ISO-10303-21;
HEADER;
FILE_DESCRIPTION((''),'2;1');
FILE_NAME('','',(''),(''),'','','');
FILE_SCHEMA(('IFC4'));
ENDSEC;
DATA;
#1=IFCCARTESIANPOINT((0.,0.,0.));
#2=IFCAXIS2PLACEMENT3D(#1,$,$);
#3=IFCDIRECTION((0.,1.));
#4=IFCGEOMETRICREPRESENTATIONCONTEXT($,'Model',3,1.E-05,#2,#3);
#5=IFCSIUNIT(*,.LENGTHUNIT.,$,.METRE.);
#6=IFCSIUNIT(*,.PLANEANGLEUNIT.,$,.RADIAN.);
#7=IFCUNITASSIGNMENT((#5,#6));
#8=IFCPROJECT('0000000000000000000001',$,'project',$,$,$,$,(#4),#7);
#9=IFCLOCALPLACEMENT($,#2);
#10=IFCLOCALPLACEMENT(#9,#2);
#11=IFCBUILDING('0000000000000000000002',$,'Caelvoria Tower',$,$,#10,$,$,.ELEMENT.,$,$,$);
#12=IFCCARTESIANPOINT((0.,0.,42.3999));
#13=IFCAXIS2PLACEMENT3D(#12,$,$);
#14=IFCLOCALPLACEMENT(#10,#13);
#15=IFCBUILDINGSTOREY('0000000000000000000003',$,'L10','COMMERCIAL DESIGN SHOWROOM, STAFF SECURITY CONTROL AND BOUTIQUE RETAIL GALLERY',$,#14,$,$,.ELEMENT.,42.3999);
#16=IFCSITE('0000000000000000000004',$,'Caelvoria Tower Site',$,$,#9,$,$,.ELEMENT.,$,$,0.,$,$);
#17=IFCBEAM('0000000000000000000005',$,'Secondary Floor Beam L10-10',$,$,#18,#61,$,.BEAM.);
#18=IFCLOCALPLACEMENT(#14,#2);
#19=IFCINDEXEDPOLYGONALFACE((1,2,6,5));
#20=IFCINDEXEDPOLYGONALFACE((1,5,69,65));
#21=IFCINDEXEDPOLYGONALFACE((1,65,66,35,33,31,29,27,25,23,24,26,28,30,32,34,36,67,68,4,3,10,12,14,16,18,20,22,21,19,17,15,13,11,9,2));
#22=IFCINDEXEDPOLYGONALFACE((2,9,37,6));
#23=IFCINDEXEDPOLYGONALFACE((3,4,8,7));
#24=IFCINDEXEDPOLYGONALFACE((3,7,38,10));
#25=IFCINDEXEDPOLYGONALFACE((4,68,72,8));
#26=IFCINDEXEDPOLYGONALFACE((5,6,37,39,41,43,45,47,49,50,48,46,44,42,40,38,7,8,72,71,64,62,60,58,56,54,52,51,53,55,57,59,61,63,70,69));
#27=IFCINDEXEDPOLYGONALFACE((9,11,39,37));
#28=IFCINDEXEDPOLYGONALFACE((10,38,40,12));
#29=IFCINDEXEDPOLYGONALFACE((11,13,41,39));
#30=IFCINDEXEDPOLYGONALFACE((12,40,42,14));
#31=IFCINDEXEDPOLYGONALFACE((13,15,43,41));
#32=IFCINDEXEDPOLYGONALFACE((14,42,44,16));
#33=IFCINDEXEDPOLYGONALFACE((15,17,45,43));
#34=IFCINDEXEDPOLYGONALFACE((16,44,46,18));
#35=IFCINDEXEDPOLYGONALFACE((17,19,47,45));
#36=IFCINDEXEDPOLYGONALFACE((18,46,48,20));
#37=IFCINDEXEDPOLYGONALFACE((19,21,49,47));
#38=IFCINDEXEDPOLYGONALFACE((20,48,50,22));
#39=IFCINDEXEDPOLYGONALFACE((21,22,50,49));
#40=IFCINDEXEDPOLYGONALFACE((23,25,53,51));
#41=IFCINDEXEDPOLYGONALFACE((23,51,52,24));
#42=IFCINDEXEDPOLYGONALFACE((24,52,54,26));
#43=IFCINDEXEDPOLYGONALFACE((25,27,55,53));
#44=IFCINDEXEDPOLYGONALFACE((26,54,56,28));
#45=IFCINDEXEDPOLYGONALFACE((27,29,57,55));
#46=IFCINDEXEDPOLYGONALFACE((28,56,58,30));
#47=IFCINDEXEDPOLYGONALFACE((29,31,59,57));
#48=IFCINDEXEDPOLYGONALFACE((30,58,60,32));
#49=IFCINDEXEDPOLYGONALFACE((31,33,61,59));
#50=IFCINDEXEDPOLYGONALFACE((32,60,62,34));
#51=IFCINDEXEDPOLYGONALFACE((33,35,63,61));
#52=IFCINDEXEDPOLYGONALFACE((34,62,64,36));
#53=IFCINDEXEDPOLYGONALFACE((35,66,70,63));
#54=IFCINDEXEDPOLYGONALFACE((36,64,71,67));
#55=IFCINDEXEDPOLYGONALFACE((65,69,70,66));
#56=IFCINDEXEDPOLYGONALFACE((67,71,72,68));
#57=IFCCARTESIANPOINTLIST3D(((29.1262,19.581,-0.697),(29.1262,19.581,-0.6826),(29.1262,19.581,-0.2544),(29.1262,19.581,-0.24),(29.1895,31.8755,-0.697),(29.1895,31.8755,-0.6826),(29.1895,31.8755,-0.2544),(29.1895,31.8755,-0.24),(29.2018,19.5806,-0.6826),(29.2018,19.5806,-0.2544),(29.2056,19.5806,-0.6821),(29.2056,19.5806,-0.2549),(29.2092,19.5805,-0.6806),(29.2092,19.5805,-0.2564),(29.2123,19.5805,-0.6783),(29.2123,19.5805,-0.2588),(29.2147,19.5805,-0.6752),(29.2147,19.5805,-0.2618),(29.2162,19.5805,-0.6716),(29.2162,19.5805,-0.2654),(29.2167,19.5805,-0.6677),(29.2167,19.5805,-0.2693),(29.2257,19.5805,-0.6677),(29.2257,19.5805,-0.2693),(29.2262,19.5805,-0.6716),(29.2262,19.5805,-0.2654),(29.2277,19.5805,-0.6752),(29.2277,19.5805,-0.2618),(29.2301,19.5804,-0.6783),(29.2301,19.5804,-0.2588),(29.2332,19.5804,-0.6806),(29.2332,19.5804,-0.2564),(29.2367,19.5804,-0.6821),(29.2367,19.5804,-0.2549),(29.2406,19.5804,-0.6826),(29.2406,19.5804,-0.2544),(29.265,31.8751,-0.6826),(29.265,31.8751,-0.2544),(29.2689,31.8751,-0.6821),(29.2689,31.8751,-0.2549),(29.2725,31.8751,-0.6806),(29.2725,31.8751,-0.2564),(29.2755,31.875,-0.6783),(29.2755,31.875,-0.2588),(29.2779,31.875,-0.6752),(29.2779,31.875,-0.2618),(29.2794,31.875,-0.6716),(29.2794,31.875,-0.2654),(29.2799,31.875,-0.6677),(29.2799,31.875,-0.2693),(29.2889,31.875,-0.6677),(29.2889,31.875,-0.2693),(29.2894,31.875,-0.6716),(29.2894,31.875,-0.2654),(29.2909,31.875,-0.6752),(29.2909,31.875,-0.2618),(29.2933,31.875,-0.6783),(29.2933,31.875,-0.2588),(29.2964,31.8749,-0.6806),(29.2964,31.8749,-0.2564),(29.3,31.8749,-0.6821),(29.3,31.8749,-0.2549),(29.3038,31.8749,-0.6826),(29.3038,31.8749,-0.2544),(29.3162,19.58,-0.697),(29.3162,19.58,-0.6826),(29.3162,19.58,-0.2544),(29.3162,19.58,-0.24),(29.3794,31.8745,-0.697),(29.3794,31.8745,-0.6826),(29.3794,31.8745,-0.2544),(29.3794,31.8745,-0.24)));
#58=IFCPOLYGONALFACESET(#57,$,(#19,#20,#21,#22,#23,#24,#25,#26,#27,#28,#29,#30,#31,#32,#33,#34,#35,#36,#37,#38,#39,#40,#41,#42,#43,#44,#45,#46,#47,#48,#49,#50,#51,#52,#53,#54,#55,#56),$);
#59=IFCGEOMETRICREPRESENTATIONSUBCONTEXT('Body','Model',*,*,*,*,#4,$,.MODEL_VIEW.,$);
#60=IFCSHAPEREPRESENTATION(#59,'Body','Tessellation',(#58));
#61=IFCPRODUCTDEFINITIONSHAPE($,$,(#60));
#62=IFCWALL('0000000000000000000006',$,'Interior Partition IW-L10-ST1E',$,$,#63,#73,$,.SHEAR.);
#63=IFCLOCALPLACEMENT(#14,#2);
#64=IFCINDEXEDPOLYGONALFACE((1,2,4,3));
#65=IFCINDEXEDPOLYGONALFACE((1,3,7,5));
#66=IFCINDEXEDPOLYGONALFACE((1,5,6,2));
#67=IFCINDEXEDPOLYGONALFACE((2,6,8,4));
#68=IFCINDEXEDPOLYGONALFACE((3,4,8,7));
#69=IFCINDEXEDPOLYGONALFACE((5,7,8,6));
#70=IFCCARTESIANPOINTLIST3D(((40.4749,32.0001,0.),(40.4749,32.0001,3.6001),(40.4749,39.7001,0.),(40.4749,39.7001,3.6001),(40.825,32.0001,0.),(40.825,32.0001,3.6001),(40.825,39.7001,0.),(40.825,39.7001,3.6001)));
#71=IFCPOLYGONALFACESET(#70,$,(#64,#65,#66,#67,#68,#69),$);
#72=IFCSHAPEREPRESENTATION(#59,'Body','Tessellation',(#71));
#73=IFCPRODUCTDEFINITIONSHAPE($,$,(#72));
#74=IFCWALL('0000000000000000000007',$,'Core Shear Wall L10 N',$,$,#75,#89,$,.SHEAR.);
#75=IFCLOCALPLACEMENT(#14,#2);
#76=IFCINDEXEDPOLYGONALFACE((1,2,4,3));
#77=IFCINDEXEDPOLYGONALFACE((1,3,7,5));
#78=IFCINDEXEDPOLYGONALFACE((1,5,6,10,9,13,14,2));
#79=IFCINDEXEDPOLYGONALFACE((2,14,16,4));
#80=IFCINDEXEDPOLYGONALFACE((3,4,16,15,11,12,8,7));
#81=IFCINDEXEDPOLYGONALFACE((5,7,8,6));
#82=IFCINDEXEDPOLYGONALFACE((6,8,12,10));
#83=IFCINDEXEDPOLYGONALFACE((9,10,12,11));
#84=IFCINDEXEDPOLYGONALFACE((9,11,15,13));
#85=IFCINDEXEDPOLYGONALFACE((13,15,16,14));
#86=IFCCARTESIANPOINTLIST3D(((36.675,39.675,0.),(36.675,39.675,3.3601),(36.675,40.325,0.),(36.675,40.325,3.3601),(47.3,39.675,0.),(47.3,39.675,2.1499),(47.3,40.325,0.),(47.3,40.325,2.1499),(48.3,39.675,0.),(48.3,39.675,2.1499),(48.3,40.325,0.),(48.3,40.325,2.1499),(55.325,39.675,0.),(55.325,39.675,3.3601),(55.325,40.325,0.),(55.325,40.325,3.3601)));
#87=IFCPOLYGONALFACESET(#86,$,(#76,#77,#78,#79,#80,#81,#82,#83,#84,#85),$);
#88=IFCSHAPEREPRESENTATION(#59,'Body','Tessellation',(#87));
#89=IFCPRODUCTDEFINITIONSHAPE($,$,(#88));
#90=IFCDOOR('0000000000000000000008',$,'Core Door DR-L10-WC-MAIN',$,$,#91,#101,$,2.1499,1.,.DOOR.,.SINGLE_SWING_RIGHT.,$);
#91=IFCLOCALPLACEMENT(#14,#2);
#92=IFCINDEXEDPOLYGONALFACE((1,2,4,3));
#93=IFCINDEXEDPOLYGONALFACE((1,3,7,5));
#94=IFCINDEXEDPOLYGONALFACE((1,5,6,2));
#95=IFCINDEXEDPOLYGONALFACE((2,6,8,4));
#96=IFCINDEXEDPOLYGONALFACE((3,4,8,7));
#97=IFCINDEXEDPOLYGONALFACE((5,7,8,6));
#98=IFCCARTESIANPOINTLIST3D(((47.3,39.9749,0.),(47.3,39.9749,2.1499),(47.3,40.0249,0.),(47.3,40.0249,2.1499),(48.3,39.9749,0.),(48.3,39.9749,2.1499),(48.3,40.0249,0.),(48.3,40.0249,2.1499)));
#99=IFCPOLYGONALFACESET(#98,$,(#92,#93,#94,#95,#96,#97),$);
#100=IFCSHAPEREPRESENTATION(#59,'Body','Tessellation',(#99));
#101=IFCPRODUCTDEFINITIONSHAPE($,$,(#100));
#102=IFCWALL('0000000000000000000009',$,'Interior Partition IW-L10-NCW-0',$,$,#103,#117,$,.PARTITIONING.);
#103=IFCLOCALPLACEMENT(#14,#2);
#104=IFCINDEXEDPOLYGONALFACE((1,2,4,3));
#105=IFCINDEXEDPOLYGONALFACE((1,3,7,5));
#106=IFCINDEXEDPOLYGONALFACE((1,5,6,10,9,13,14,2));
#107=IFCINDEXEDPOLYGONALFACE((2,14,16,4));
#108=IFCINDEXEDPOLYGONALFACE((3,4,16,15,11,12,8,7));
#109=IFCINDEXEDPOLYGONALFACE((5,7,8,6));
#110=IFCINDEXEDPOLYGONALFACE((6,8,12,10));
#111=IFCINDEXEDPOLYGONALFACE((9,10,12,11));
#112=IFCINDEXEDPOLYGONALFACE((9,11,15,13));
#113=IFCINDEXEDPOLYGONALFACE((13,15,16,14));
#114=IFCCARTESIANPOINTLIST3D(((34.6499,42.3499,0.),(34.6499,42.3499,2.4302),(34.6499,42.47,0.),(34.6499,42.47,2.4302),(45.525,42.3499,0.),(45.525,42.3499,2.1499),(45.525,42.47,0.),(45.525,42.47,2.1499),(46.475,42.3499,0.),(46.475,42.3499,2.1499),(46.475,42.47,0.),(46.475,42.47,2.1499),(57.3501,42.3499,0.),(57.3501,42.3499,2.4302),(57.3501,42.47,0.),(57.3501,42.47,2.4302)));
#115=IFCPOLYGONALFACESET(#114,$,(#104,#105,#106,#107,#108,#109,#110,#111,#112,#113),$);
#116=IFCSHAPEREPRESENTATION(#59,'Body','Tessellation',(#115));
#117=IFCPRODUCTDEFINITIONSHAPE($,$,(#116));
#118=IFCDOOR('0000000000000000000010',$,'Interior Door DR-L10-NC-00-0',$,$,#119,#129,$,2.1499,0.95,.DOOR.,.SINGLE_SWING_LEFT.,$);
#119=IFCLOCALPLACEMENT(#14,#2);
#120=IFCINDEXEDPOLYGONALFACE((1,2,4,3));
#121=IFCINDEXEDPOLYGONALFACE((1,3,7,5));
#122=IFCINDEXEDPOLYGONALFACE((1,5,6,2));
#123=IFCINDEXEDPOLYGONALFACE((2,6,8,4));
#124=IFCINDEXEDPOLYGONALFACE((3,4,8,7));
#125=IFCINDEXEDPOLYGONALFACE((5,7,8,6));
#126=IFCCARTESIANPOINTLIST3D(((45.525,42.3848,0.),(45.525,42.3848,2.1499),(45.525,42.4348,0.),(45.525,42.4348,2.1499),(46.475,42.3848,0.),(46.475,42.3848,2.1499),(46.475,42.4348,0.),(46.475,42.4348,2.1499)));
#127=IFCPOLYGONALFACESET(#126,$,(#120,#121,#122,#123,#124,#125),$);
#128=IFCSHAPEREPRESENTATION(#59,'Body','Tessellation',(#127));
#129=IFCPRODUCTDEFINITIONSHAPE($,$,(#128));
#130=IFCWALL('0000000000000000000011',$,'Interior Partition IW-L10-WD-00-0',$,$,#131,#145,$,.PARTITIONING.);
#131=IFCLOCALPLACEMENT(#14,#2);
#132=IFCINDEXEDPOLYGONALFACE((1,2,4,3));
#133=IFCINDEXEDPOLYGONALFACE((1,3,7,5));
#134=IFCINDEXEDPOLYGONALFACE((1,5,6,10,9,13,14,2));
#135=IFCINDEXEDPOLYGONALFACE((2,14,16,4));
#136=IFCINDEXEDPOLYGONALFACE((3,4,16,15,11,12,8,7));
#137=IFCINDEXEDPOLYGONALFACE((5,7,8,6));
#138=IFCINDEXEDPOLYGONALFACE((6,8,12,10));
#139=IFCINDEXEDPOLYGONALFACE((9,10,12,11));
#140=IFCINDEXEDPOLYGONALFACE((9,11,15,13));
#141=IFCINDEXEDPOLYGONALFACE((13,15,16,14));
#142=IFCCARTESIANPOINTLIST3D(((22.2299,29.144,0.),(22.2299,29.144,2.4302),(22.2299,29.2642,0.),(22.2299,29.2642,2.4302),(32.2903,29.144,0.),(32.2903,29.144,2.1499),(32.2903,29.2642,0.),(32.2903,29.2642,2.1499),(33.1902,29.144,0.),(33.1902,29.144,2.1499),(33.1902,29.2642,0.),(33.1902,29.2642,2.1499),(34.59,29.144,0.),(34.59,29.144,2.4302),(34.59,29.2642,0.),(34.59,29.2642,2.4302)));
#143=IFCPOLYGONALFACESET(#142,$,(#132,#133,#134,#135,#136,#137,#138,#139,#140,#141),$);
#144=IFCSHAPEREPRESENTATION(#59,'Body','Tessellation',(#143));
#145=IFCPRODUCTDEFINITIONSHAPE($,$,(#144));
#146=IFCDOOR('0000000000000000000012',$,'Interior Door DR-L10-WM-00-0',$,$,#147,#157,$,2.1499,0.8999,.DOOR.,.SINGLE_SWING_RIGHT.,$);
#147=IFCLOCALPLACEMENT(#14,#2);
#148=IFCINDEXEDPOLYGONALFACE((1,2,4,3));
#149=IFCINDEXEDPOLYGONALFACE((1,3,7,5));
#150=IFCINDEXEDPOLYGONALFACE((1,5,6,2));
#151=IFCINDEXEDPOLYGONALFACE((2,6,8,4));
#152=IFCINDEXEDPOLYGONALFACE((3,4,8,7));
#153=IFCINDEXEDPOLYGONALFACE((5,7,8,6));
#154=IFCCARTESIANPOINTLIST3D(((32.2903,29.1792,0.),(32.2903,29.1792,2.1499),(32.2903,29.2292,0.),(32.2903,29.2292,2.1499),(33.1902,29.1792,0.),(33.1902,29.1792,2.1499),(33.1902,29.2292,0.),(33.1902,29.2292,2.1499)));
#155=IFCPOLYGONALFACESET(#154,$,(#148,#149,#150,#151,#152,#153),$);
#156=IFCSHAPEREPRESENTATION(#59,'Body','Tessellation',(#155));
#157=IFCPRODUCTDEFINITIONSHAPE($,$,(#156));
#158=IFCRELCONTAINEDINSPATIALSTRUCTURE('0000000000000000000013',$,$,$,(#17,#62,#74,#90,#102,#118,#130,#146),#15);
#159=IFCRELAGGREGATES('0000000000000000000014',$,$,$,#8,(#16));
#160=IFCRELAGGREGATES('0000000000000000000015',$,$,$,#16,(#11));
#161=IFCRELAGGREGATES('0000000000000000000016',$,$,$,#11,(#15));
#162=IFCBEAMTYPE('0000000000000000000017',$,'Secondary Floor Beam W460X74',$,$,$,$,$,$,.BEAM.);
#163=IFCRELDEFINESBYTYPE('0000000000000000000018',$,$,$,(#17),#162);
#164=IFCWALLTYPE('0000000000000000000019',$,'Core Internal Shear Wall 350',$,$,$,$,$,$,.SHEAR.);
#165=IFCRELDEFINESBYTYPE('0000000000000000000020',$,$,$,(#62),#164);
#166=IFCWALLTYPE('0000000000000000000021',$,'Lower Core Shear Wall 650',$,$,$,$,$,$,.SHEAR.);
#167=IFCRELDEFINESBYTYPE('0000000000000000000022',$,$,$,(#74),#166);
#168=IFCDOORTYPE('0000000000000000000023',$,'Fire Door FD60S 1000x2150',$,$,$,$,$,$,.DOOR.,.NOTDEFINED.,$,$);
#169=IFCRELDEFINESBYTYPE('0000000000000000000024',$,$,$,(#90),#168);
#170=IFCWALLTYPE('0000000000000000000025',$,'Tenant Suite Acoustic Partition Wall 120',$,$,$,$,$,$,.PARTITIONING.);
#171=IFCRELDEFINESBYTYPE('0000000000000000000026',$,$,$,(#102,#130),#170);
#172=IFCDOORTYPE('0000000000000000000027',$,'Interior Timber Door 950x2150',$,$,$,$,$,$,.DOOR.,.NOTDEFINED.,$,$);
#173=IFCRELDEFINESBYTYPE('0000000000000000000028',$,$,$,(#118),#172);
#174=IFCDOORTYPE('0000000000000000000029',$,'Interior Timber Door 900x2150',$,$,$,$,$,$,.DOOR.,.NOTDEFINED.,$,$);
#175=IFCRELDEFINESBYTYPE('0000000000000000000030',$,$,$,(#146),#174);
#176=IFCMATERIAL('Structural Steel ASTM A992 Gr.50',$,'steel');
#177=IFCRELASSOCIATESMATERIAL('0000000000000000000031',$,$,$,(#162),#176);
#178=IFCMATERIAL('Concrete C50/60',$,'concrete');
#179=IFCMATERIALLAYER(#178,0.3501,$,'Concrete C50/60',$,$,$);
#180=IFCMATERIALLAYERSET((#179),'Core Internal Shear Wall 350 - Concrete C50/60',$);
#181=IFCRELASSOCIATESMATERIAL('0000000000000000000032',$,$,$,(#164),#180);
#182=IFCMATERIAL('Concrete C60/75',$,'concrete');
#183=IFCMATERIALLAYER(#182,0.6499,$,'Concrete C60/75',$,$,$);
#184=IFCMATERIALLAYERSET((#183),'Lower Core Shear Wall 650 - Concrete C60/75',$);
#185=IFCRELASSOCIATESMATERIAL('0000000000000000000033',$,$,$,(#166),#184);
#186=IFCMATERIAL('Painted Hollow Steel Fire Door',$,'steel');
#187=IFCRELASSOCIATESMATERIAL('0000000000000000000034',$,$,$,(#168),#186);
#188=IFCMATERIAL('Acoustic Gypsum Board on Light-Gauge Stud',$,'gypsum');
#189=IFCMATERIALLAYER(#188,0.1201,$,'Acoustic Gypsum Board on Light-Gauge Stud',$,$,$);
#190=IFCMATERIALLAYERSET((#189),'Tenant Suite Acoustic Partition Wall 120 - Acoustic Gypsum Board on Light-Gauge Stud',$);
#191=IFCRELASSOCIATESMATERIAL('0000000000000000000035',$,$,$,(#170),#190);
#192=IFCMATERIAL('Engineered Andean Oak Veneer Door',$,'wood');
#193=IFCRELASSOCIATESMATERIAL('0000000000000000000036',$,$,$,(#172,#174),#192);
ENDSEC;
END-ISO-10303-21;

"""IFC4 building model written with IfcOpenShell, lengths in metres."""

from ifc_helpers import new_model, si_unit, direction, frame, frame_2d, origin, origin_2d, place, context, subcontext, project, spatial, rectangle, i_section, extrude, material, layer, layer_set, material_profile, profile_set, type_object, element, fill, save


model = new_model("IFC4")

# Units and contexts
model_context = context("Model", 3, precision=1e-05, world=origin(), true_north=direction((0.0, 1.0)))
body_context = subcontext(model_context, "Body", "Model", "MODEL_VIEW")
ifc_project = project(units=[si_unit("LENGTHUNIT", "METRE"), si_unit("PLANEANGLEUNIT", "RADIAN")], contexts=[model_context])

# Site, building, storey
site_placement = place(None, origin())
site = spatial("IfcSite", under=ifc_project, at=site_placement, Name="Caelvoria Tower Site", CompositionType="ELEMENT", RefElevation=0.0)
building_placement = place(site_placement, origin())
building = spatial("IfcBuilding", under=site, at=building_placement, Name="Caelvoria Tower", CompositionType="ELEMENT")
storey_placement = place(building_placement, frame((0.0, 0.0, 42.3999)))
storey = spatial("IfcBuildingStorey", under=building, at=storey_placement, Name="L10", Description="COMMERCIAL DESIGN SHOWROOM, STAFF SECURITY CONTROL AND BOUTIQUE RETAIL GALLERY", CompositionType="ELEMENT", Elevation=42.3999)

# Beam
ifc_material_1 = material(Name="Structural Steel ASTM A992 Gr.50", Category="steel")
ifc_material_profile_1 = material_profile(ifc_material_1, i_section(OverallWidth=0.1899, OverallDepth=0.457, WebThickness=0.009, FlangeThickness=0.0144, FilletRadius=0.0149, at=origin_2d()), Name="Structural Steel ASTM A992 Gr.50")
ifc_profile_set_1 = profile_set([ifc_material_profile_1], Name="W460X74 - Structural Steel ASTM A992 Gr.50")
beam_type_1 = type_object("IfcBeamType", Name="Secondary Floor Beam W460X74", PredefinedType="BEAM", material=ifc_profile_set_1)
for number, where, z_axis, x_axis, name in (
    (1, (29.2844, 31.875, -0.4685), (-0.005143, -0.999987, 0.0), (0.999987, -0.005143, 0.0), "Secondary Floor Beam L10-10"),
):
    element("IfcBeam", number, at=place(storey_placement, frame(where, z_axis=z_axis, x_axis=x_axis)), inside=storey, type_object=beam_type_1, Name=name, PredefinedType="BEAM", context=body_context, shape_type="SweptSolid", body=[
        extrude(i_section(OverallWidth=0.1899, OverallDepth=0.457, WebThickness=0.009, FlangeThickness=0.0144, FilletRadius=0.0149, at=origin_2d()), origin(), (0.0, 0.0, 1.0), 12.2947),
    ])

# Shared definitions
ifc_material_2 = material(Name="Concrete C50/60", Category="concrete")
ifc_layer_1 = layer(ifc_material_2, 0.3501, Name="Concrete C50/60")
ifc_layer_set_1 = layer_set([ifc_layer_1], Name="Core Internal Shear Wall 350 - Concrete C50/60")
wall_type_1 = type_object("IfcWallType", Name="Core Internal Shear Wall 350", PredefinedType="SHEAR", material=ifc_layer_set_1)
ifc_material_3 = material(Name="Painted Hollow Steel Fire Door", Category="steel")

# Wall
wall_1_placement = place(storey_placement, frame((40.6499, 32.0, 0.0), z_axis=(0.0, 0.0, 1.0), x_axis=(0.0, 1.0, 0.0)))
element("IfcWall", 2, at=wall_1_placement, inside=storey, type_object=wall_type_1, Name="Interior Partition IW-L10-ST1E", PredefinedType="SHEAR", context=body_context, shape_type="SweptSolid", body=[
    extrude(rectangle(XDim=7.7, YDim=0.3501, at=frame_2d((3.8501, 0.0))), origin(), (0.0, 0.0, 1.0), 3.6001),
])

# Walls, openings, doors
ifc_material_4 = material(Name="Concrete C60/75", Category="concrete")
ifc_layer_2 = layer(ifc_material_4, 0.6499, Name="Concrete C60/75")
ifc_layer_set_2 = layer_set([ifc_layer_2], Name="Lower Core Shear Wall 650 - Concrete C60/75")
wall_type_2 = type_object("IfcWallType", Name="Lower Core Shear Wall 650", PredefinedType="SHEAR", material=ifc_layer_set_2)
wall_2_placement = place(storey_placement, frame((36.675, 40.0, 0.0), z_axis=(0.0, 0.0, 1.0), x_axis=(1.0, 0.0, 0.0)))
wall_2 = element("IfcWall", 3, at=wall_2_placement, inside=storey, type_object=wall_type_2, Name="Core Shear Wall L10 N", PredefinedType="SHEAR", context=body_context, shape_type="SweptSolid", body=[
    extrude(rectangle(XDim=18.6499, YDim=0.6499, at=frame_2d((9.325, 0.0))), origin(), (0.0, 0.0, 1.0), 3.3601),
])
opening_1_placement = place(wall_2_placement, frame((10.625, 0.0, 0.0)))
opening_1 = element("IfcOpeningElement", 4, at=opening_1_placement, cuts=wall_2, PredefinedType="OPENING", context=body_context, shape_type="SweptSolid", body=[
    extrude(rectangle(XDim=1.0, YDim=2.1499, at=frame_2d((0.5, 1.075))), frame((0.0, 0.335, 0.0), z_axis=(0.0, -1.0, 0.0), x_axis=(1.0, 0.0, 0.0)), (0.0, 0.0, 1.0), 0.6699),
])
door_type_1 = type_object("IfcDoorType", Name="Fire Door FD60S 1000x2150", OperationType="NOTDEFINED", PredefinedType="DOOR", material=ifc_material_3)
door_1_placement = place(opening_1_placement, origin())
door_1 = element("IfcDoor", 5, at=door_1_placement, inside=storey, type_object=door_type_1, Name="Core Door DR-L10-WC-MAIN", OperationType="SINGLE_SWING_RIGHT", OverallHeight=2.1499, OverallWidth=1.0, PredefinedType="DOOR", context=body_context, shape_type="SweptSolid", body=[
    extrude(rectangle(XDim=1.0, YDim=2.1499, at=frame_2d((0.5, 1.075))), frame((0.0, 0.0249, 0.0), z_axis=(0.0, -1.0, 0.0), x_axis=(1.0, 0.0, 0.0)), (0.0, 0.0, 1.0), 0.05),
])
fill(opening_1, door_1)
ifc_material_5 = material(Name="Acoustic Gypsum Board on Light-Gauge Stud", Category="gypsum")
ifc_layer_3 = layer(ifc_material_5, 0.1201, Name="Acoustic Gypsum Board on Light-Gauge Stud")
ifc_layer_set_3 = layer_set([ifc_layer_3], Name="Tenant Suite Acoustic Partition Wall 120 - Acoustic Gypsum Board on Light-Gauge Stud")
wall_type_3 = type_object("IfcWallType", Name="Tenant Suite Acoustic Partition Wall 120", PredefinedType="PARTITIONING", material=ifc_layer_set_3)
wall_3_placement = place(storey_placement, frame((34.6499, 42.4099, 0.0), z_axis=(0.0, 0.0, 1.0), x_axis=(1.0, 0.0, 0.0)))
wall_3 = element("IfcWall", 6, at=wall_3_placement, inside=storey, type_object=wall_type_3, Name="Interior Partition IW-L10-NCW-0", PredefinedType="PARTITIONING", context=body_context, shape_type="SweptSolid", body=[
    extrude(rectangle(XDim=22.7002, YDim=0.1201, at=frame_2d((11.3501, 0.0))), origin(), (0.0, 0.0, 1.0), 2.4302),
])
opening_2_placement = place(wall_3_placement, frame((10.875, 0.0, 0.0)))
opening_2 = element("IfcOpeningElement", 7, at=opening_2_placement, cuts=wall_3, PredefinedType="OPENING", context=body_context, shape_type="SweptSolid", body=[
    extrude(rectangle(XDim=0.95, YDim=2.1499, at=frame_2d((0.4751, 1.075))), frame((0.0, 0.0701, 0.0), z_axis=(0.0, -1.0, 0.0), x_axis=(1.0, 0.0, 0.0)), (0.0, 0.0, 1.0), 0.1401),
])
ifc_material_6 = material(Name="Engineered Andean Oak Veneer Door", Category="wood")
door_type_2 = type_object("IfcDoorType", Name="Interior Timber Door 950x2150", OperationType="NOTDEFINED", PredefinedType="DOOR", material=ifc_material_6)
door_2_placement = place(opening_2_placement, origin())
door_2 = element("IfcDoor", 8, at=door_2_placement, inside=storey, type_object=door_type_2, Name="Interior Door DR-L10-NC-00-0", OperationType="SINGLE_SWING_LEFT", OverallHeight=2.1499, OverallWidth=0.95, PredefinedType="DOOR", context=body_context, shape_type="SweptSolid", body=[
    extrude(rectangle(XDim=0.95, YDim=2.1499, at=frame_2d((0.4751, 1.075))), frame((0.0, 0.0249, 0.0), z_axis=(0.0, -1.0, 0.0), x_axis=(1.0, 0.0, 0.0)), (0.0, 0.0, 1.0), 0.05),
])
fill(opening_2, door_2)
wall_4_placement = place(storey_placement, frame((34.5901, 29.2041, 0.0), z_axis=(0.0, 0.0, 1.0), x_axis=(-1.0, 0.0, 0.0)))
wall_4 = element("IfcWall", 9, at=wall_4_placement, inside=storey, type_object=wall_type_3, Name="Interior Partition IW-L10-WD-00-0", PredefinedType="PARTITIONING", context=body_context, shape_type="SweptSolid", body=[
    extrude(rectangle(XDim=12.3601, YDim=0.1201, at=frame_2d((6.1802, 0.0))), origin(), (0.0, 0.0, 1.0), 2.4302),
])
opening_3_placement = place(wall_4_placement, frame((1.3999, 0.0, 0.0)))
opening_3 = element("IfcOpeningElement", 10, at=opening_3_placement, cuts=wall_4, PredefinedType="OPENING", context=body_context, shape_type="SweptSolid", body=[
    extrude(rectangle(XDim=0.8999, YDim=2.1499, at=frame_2d((0.45, 1.075))), frame((0.0, 0.0701, 0.0), z_axis=(0.0, -1.0, 0.0), x_axis=(1.0, 0.0, 0.0)), (0.0, 0.0, 1.0), 0.1401),
])
door_type_3 = type_object("IfcDoorType", Name="Interior Timber Door 900x2150", OperationType="NOTDEFINED", PredefinedType="DOOR", material=ifc_material_6)
door_3_placement = place(opening_3_placement, origin())
door_3 = element("IfcDoor", 11, at=door_3_placement, inside=storey, type_object=door_type_3, Name="Interior Door DR-L10-WM-00-0", OperationType="SINGLE_SWING_RIGHT", OverallHeight=2.1499, OverallWidth=0.8999, PredefinedType="DOOR", context=body_context, shape_type="SweptSolid", body=[
    extrude(rectangle(XDim=0.8999, YDim=2.1499, at=frame_2d((0.45, 1.075))), frame((0.0, 0.0249, 0.0), z_axis=(0.0, -1.0, 0.0), x_axis=(1.0, 0.0, 0.0)), (0.0, 0.0, 1.0), 0.05),
])
fill(opening_3, door_3)

save(model, "model.ifc")
